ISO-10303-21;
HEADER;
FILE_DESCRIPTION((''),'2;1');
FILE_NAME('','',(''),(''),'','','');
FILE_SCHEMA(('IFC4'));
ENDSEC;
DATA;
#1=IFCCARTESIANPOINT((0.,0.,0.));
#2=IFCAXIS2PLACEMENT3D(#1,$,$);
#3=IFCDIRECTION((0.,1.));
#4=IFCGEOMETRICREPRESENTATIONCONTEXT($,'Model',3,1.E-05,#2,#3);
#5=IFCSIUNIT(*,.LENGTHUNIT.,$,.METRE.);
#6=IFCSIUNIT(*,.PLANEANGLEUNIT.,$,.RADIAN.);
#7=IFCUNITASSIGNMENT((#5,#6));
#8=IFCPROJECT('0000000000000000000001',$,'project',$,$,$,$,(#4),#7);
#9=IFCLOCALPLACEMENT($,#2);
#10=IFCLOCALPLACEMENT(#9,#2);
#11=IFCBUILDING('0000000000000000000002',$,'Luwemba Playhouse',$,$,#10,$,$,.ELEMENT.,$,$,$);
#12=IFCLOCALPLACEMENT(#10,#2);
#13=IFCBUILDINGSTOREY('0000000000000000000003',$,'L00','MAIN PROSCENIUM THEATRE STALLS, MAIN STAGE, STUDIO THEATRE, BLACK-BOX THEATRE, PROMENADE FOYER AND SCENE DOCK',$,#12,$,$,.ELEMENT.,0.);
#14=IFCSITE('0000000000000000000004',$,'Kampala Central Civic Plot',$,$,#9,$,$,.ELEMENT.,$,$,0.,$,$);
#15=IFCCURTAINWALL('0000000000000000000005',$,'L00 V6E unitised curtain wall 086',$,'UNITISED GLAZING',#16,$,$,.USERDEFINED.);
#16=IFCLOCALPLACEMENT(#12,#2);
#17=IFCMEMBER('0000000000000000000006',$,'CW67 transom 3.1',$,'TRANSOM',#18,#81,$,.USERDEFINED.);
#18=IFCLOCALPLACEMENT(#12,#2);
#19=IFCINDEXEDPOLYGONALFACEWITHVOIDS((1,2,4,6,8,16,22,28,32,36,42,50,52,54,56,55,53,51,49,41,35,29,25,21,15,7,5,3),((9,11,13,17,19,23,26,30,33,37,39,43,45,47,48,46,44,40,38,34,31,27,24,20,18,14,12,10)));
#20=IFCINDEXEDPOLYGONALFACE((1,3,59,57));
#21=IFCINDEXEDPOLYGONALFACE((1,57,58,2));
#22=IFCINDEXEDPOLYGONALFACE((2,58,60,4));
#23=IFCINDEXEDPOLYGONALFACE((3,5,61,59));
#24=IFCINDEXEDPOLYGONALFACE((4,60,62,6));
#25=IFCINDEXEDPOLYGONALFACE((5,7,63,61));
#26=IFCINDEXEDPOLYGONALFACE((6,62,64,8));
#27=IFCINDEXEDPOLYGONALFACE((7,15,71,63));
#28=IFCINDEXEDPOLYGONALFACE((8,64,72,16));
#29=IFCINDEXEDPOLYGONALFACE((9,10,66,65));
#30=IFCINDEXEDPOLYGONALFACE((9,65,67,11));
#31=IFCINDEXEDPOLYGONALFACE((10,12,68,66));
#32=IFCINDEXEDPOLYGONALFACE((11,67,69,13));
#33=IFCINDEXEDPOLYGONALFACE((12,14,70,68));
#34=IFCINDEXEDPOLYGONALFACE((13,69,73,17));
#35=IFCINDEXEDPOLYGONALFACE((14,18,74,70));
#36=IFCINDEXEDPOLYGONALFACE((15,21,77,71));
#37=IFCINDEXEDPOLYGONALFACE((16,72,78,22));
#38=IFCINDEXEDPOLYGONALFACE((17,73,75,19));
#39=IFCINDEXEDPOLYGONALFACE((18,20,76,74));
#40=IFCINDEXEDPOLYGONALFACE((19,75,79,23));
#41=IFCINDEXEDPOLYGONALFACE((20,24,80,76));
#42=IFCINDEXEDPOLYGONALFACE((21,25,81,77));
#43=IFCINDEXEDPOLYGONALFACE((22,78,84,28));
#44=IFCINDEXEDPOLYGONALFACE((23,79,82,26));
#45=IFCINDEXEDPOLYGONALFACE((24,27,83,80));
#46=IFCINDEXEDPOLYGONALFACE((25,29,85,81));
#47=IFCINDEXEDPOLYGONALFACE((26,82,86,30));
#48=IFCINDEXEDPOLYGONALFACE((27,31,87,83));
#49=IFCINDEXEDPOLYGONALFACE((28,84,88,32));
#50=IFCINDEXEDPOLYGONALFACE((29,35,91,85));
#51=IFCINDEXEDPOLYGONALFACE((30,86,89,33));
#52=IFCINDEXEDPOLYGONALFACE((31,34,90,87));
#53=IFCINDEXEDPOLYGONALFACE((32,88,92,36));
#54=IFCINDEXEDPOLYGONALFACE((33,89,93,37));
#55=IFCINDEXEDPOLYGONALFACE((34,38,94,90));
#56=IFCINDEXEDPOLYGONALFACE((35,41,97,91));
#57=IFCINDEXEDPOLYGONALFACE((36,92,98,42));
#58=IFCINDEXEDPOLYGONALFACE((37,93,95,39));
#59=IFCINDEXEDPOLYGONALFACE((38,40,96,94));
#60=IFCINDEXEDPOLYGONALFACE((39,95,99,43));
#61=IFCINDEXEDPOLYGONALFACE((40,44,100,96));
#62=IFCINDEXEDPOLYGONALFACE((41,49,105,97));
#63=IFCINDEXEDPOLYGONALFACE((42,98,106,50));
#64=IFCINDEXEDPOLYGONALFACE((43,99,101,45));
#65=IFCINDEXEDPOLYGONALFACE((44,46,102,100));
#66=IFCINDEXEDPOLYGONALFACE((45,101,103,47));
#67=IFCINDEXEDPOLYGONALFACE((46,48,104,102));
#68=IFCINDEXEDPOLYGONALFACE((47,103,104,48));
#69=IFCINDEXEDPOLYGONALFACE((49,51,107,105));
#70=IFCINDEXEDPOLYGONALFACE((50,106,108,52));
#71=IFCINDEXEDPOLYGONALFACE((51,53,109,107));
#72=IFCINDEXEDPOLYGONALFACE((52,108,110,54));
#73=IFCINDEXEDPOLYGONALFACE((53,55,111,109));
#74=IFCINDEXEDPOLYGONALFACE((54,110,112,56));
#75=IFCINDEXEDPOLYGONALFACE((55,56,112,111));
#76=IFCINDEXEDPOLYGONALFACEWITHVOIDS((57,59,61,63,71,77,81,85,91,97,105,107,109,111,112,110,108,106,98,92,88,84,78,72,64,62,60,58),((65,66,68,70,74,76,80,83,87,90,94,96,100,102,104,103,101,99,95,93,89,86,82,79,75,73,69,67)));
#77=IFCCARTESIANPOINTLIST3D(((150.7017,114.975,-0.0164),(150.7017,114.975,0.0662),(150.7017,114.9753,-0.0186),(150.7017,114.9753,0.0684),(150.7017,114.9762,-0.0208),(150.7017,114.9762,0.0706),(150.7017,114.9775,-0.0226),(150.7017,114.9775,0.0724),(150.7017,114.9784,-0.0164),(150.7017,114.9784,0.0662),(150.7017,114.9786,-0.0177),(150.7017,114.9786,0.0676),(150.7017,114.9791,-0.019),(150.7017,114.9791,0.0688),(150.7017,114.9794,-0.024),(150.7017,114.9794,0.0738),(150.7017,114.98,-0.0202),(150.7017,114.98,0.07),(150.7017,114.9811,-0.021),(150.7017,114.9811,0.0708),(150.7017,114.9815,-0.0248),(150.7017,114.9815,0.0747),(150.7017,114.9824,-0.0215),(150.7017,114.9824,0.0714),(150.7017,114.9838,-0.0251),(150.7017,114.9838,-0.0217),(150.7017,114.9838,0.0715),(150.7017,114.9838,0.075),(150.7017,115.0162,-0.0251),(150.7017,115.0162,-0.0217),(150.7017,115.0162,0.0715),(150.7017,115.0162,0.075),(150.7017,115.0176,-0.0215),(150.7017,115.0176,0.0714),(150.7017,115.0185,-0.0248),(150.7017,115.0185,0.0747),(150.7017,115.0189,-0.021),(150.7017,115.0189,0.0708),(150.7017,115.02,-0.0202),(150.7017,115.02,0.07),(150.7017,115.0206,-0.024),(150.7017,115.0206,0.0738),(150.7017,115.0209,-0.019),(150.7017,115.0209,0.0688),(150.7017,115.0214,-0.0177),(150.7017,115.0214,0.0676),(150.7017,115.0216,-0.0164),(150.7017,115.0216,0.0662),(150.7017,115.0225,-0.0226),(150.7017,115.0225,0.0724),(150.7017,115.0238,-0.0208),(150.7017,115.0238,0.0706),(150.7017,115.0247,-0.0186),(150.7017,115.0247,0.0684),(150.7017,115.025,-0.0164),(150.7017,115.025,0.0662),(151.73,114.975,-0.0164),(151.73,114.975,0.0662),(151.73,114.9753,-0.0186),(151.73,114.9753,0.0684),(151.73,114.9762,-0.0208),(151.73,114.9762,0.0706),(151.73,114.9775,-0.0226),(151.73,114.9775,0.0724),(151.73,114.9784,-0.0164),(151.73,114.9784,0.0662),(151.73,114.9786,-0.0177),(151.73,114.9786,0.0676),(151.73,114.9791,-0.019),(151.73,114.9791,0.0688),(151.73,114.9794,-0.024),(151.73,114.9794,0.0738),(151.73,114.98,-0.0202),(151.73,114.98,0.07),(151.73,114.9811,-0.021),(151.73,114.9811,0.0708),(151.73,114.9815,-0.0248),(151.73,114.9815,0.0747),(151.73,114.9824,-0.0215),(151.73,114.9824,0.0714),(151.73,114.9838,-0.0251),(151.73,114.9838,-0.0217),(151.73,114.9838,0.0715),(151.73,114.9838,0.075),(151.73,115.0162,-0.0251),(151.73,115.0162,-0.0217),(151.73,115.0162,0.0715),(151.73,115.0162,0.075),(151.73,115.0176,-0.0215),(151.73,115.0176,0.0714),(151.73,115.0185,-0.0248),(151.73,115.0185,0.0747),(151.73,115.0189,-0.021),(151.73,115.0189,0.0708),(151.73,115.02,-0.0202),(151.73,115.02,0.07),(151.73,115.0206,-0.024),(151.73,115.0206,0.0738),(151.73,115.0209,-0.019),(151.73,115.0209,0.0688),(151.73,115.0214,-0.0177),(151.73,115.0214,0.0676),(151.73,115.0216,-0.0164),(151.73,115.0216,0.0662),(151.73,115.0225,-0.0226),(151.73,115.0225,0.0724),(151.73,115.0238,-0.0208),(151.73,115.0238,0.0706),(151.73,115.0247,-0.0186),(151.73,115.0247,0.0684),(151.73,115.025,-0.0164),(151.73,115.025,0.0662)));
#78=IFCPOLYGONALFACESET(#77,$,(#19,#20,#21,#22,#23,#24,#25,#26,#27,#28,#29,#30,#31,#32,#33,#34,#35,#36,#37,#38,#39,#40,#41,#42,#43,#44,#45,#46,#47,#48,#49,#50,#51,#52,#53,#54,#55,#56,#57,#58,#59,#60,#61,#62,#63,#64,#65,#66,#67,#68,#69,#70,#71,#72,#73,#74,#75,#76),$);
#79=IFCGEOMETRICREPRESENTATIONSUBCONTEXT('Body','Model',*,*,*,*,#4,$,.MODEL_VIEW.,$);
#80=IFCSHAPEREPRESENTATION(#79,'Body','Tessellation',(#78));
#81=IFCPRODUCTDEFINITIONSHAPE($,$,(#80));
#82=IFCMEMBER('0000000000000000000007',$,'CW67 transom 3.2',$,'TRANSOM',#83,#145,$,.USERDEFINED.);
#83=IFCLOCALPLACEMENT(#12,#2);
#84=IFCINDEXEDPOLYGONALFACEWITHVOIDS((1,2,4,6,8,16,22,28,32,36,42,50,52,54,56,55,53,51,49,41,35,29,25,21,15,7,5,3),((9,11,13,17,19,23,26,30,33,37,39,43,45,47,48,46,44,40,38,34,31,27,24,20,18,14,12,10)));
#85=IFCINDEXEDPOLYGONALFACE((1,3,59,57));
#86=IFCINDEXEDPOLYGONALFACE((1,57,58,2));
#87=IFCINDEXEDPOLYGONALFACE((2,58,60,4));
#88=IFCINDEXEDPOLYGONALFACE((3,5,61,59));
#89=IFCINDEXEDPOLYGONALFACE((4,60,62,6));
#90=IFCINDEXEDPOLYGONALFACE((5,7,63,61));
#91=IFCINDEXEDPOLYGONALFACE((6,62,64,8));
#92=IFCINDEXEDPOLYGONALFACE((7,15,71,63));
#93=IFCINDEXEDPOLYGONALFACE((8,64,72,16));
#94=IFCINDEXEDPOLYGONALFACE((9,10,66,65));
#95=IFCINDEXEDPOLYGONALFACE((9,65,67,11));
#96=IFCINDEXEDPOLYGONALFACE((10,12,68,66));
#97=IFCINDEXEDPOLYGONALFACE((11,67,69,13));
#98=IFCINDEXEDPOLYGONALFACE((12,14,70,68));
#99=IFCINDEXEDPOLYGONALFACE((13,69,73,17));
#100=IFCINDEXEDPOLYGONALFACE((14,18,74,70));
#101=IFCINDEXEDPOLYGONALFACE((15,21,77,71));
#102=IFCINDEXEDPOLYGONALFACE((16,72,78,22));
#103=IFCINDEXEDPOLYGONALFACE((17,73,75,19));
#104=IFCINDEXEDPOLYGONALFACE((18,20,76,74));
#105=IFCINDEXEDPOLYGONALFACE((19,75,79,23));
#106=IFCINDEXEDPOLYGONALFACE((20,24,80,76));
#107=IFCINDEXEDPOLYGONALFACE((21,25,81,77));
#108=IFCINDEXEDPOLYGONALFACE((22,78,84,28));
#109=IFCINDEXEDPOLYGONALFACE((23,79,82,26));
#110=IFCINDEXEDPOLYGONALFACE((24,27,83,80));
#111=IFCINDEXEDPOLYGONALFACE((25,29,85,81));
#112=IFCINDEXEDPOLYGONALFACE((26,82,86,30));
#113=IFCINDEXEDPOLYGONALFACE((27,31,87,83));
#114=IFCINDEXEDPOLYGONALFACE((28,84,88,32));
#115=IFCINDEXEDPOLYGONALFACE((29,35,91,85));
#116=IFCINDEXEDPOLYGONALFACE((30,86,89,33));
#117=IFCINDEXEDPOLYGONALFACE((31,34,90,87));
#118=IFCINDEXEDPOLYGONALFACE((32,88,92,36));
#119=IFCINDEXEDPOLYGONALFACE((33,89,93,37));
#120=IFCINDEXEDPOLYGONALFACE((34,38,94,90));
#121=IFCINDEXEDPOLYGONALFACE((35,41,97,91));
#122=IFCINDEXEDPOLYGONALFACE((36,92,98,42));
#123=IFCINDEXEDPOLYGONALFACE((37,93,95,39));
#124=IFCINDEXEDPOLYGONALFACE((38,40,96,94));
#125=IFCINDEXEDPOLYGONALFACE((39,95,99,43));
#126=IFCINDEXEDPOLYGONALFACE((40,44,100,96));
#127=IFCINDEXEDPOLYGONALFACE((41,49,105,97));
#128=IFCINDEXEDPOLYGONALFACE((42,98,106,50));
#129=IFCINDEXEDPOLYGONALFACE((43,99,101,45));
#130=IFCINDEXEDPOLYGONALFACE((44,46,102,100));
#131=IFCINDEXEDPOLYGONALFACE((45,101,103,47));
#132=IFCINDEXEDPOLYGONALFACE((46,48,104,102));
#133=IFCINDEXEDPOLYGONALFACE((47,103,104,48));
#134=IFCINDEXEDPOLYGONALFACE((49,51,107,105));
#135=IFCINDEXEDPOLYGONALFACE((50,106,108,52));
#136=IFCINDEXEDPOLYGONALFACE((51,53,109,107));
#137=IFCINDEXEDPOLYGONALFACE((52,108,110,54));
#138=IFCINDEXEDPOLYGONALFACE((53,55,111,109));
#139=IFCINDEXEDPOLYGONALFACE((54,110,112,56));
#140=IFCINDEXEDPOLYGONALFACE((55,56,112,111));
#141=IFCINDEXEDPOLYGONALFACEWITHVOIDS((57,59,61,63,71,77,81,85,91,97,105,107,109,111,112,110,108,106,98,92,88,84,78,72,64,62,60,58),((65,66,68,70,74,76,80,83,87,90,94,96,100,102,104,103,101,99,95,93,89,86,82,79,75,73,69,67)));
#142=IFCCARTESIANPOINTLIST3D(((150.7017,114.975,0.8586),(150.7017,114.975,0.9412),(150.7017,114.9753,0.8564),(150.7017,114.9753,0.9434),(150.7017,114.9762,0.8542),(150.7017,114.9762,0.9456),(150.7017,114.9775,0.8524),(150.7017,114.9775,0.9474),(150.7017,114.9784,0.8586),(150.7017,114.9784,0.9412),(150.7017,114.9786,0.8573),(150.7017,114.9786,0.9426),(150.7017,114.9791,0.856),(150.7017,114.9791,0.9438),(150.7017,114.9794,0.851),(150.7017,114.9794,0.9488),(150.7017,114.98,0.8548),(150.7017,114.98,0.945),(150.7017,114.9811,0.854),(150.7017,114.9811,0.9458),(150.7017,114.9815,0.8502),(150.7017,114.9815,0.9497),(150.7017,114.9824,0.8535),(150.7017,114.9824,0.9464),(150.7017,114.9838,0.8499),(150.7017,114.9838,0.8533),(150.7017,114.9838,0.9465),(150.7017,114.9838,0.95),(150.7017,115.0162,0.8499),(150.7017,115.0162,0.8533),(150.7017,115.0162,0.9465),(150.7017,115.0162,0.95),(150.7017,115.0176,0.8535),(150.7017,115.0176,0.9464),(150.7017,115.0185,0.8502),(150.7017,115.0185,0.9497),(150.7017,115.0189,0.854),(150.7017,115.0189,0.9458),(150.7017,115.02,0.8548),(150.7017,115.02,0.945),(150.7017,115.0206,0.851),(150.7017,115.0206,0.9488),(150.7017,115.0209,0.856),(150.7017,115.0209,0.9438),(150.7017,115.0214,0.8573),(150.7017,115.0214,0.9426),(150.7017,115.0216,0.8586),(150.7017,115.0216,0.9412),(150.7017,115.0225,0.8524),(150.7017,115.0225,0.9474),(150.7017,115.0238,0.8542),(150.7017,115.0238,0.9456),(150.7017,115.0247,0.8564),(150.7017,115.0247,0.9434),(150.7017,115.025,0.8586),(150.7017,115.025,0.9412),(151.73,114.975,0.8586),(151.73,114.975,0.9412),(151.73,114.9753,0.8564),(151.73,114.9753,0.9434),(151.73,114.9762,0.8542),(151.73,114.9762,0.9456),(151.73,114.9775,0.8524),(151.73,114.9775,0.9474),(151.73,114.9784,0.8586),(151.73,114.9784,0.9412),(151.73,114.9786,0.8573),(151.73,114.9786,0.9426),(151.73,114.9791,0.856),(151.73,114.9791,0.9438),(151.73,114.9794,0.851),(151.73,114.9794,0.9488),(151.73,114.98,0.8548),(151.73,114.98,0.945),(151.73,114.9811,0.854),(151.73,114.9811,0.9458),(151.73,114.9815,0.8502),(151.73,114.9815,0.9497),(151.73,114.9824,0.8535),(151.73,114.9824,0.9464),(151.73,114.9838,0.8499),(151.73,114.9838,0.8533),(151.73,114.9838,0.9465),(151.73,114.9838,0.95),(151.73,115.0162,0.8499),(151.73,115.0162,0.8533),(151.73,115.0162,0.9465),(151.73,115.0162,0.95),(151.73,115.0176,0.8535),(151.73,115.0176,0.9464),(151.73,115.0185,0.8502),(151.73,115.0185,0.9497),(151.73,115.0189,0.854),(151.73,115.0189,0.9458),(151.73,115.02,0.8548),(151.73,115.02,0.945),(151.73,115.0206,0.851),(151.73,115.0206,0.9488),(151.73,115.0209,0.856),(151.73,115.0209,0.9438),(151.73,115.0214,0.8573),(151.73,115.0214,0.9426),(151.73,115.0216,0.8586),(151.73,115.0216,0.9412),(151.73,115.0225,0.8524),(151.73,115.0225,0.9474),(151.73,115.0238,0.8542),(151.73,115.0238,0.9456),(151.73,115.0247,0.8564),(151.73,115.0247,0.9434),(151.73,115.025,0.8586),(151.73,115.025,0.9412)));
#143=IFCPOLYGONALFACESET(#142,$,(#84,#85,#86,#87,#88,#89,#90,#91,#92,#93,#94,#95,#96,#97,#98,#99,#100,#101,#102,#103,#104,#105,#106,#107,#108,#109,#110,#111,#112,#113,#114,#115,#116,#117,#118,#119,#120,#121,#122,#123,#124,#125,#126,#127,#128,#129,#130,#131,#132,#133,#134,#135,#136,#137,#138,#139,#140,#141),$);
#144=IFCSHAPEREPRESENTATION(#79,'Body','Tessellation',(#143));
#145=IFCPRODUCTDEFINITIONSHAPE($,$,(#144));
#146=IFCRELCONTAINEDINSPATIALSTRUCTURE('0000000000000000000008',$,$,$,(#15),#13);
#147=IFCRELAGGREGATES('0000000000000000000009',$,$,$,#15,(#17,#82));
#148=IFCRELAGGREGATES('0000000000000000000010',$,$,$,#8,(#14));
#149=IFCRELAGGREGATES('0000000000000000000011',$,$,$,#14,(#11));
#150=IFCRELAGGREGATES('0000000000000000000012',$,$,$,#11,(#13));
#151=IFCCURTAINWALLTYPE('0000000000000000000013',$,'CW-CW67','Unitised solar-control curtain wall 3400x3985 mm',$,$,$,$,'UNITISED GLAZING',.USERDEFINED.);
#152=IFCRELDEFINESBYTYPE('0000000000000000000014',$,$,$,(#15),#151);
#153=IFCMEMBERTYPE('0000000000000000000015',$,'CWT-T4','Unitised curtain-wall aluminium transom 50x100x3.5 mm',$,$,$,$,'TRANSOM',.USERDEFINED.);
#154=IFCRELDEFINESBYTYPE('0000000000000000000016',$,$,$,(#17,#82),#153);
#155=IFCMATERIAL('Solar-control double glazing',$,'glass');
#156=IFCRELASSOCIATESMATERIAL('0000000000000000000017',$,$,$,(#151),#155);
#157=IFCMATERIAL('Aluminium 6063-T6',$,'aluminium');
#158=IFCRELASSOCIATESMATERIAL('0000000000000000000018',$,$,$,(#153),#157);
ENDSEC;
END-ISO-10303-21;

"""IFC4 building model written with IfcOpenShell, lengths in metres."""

from ifc_helpers import new_model, si_unit, direction, frame, origin, origin_2d, place, context, subcontext, project, spatial, hollow_rectangle, extrude, material, material_profile, profile_set, type_object, element, aggregate, save


model = new_model("IFC4")

# Units and contexts
model_context = context("Model", 3, precision=1e-05, world=origin(), true_north=direction((0.0, 1.0)))
body_context = subcontext(model_context, "Body", "Model", "MODEL_VIEW")
ifc_project = project(units=[si_unit("LENGTHUNIT", "METRE"), si_unit("PLANEANGLEUNIT", "RADIAN")], contexts=[model_context])

# Site, building, storey
site_placement = place(None, origin())
site = spatial("IfcSite", under=ifc_project, at=site_placement, Name="Kampala Central Civic Plot", CompositionType="ELEMENT", RefElevation=0.0)
building_placement = place(site_placement, origin())
building = spatial("IfcBuilding", under=site, at=building_placement, Name="Luwemba Playhouse", CompositionType="ELEMENT")
storey_placement = place(building_placement, origin())
storey = spatial("IfcBuildingStorey", under=building, at=storey_placement, Name="L00", Description="MAIN PROSCENIUM THEATRE STALLS, MAIN STAGE, STUDIO THEATRE, BLACK-BOX THEATRE, PROMENADE FOYER AND SCENE DOCK", CompositionType="ELEMENT", Elevation=0.0)

# Shared definitions
ifc_material_1 = material(Name="Solar-control double glazing", Category="glass")
ifc_material_2 = material(Name="Aluminium 6063-T6", Category="aluminium")

# Curtain wall, members
curtain_wall_type_1 = type_object("IfcCurtainWallType", Name="CW-CW67", Description="Unitised solar-control curtain wall 3400x3985 mm", ElementType="UNITISED GLAZING", PredefinedType="USERDEFINED", material=ifc_material_1)
curtain_wall_1_placement = place(storey_placement, origin())
curtain_wall_1 = element("IfcCurtainWall", 1, at=curtain_wall_1_placement, inside=storey, type_object=curtain_wall_type_1, Name="L00 V6E unitised curtain wall 086", ObjectType="UNITISED GLAZING", PredefinedType="USERDEFINED")
ifc_material_profile_1 = material_profile(ifc_material_2, hollow_rectangle(XDim=0.05, YDim=0.1001, WallThickness=0.0034, InnerFilletRadius=0.0054, OuterFilletRadius=0.0088, at=origin_2d()))
ifc_profile_set_1 = profile_set([ifc_material_profile_1], Name="Aluminium 6063-T6")
member_type_1 = type_object("IfcMemberType", Name="CWT-T4", Description="Unitised curtain-wall aluminium transom 50x100x3.5 mm", ElementType="TRANSOM", PredefinedType="USERDEFINED", material=ifc_profile_set_1)
member_1_placement = place(storey_placement, frame((150.7017, 115.0, 0.0249), z_axis=(1.0, 0.0, 0.0), x_axis=(0.0, 1.0, 0.0)))
member_1 = element("IfcMember", 2, at=member_1_placement, type_object=member_type_1, Name="CW67 transom 3.1", ObjectType="TRANSOM", PredefinedType="USERDEFINED", context=body_context, shape_type="SweptSolid", body=[
    extrude(hollow_rectangle(XDim=0.05, YDim=0.1001, WallThickness=0.0034, InnerFilletRadius=0.0054, OuterFilletRadius=0.0088, at=origin_2d()), origin(), (0.0, 0.0, 1.0), 1.0283),
])
member_2_placement = place(storey_placement, frame((150.7017, 115.0, 0.8999), z_axis=(1.0, 0.0, 0.0), x_axis=(0.0, 1.0, 0.0)))
member_2 = element("IfcMember", 3, at=member_2_placement, type_object=member_type_1, Name="CW67 transom 3.2", ObjectType="TRANSOM", PredefinedType="USERDEFINED", context=body_context, shape_type="SweptSolid", body=[
    extrude(hollow_rectangle(XDim=0.05, YDim=0.1001, WallThickness=0.0034, InnerFilletRadius=0.0054, OuterFilletRadius=0.0088, at=origin_2d()), origin(), (0.0, 0.0, 1.0), 1.0283),
])
aggregate(curtain_wall_1, [member_1, member_2])

save(model, "model.ifc")
